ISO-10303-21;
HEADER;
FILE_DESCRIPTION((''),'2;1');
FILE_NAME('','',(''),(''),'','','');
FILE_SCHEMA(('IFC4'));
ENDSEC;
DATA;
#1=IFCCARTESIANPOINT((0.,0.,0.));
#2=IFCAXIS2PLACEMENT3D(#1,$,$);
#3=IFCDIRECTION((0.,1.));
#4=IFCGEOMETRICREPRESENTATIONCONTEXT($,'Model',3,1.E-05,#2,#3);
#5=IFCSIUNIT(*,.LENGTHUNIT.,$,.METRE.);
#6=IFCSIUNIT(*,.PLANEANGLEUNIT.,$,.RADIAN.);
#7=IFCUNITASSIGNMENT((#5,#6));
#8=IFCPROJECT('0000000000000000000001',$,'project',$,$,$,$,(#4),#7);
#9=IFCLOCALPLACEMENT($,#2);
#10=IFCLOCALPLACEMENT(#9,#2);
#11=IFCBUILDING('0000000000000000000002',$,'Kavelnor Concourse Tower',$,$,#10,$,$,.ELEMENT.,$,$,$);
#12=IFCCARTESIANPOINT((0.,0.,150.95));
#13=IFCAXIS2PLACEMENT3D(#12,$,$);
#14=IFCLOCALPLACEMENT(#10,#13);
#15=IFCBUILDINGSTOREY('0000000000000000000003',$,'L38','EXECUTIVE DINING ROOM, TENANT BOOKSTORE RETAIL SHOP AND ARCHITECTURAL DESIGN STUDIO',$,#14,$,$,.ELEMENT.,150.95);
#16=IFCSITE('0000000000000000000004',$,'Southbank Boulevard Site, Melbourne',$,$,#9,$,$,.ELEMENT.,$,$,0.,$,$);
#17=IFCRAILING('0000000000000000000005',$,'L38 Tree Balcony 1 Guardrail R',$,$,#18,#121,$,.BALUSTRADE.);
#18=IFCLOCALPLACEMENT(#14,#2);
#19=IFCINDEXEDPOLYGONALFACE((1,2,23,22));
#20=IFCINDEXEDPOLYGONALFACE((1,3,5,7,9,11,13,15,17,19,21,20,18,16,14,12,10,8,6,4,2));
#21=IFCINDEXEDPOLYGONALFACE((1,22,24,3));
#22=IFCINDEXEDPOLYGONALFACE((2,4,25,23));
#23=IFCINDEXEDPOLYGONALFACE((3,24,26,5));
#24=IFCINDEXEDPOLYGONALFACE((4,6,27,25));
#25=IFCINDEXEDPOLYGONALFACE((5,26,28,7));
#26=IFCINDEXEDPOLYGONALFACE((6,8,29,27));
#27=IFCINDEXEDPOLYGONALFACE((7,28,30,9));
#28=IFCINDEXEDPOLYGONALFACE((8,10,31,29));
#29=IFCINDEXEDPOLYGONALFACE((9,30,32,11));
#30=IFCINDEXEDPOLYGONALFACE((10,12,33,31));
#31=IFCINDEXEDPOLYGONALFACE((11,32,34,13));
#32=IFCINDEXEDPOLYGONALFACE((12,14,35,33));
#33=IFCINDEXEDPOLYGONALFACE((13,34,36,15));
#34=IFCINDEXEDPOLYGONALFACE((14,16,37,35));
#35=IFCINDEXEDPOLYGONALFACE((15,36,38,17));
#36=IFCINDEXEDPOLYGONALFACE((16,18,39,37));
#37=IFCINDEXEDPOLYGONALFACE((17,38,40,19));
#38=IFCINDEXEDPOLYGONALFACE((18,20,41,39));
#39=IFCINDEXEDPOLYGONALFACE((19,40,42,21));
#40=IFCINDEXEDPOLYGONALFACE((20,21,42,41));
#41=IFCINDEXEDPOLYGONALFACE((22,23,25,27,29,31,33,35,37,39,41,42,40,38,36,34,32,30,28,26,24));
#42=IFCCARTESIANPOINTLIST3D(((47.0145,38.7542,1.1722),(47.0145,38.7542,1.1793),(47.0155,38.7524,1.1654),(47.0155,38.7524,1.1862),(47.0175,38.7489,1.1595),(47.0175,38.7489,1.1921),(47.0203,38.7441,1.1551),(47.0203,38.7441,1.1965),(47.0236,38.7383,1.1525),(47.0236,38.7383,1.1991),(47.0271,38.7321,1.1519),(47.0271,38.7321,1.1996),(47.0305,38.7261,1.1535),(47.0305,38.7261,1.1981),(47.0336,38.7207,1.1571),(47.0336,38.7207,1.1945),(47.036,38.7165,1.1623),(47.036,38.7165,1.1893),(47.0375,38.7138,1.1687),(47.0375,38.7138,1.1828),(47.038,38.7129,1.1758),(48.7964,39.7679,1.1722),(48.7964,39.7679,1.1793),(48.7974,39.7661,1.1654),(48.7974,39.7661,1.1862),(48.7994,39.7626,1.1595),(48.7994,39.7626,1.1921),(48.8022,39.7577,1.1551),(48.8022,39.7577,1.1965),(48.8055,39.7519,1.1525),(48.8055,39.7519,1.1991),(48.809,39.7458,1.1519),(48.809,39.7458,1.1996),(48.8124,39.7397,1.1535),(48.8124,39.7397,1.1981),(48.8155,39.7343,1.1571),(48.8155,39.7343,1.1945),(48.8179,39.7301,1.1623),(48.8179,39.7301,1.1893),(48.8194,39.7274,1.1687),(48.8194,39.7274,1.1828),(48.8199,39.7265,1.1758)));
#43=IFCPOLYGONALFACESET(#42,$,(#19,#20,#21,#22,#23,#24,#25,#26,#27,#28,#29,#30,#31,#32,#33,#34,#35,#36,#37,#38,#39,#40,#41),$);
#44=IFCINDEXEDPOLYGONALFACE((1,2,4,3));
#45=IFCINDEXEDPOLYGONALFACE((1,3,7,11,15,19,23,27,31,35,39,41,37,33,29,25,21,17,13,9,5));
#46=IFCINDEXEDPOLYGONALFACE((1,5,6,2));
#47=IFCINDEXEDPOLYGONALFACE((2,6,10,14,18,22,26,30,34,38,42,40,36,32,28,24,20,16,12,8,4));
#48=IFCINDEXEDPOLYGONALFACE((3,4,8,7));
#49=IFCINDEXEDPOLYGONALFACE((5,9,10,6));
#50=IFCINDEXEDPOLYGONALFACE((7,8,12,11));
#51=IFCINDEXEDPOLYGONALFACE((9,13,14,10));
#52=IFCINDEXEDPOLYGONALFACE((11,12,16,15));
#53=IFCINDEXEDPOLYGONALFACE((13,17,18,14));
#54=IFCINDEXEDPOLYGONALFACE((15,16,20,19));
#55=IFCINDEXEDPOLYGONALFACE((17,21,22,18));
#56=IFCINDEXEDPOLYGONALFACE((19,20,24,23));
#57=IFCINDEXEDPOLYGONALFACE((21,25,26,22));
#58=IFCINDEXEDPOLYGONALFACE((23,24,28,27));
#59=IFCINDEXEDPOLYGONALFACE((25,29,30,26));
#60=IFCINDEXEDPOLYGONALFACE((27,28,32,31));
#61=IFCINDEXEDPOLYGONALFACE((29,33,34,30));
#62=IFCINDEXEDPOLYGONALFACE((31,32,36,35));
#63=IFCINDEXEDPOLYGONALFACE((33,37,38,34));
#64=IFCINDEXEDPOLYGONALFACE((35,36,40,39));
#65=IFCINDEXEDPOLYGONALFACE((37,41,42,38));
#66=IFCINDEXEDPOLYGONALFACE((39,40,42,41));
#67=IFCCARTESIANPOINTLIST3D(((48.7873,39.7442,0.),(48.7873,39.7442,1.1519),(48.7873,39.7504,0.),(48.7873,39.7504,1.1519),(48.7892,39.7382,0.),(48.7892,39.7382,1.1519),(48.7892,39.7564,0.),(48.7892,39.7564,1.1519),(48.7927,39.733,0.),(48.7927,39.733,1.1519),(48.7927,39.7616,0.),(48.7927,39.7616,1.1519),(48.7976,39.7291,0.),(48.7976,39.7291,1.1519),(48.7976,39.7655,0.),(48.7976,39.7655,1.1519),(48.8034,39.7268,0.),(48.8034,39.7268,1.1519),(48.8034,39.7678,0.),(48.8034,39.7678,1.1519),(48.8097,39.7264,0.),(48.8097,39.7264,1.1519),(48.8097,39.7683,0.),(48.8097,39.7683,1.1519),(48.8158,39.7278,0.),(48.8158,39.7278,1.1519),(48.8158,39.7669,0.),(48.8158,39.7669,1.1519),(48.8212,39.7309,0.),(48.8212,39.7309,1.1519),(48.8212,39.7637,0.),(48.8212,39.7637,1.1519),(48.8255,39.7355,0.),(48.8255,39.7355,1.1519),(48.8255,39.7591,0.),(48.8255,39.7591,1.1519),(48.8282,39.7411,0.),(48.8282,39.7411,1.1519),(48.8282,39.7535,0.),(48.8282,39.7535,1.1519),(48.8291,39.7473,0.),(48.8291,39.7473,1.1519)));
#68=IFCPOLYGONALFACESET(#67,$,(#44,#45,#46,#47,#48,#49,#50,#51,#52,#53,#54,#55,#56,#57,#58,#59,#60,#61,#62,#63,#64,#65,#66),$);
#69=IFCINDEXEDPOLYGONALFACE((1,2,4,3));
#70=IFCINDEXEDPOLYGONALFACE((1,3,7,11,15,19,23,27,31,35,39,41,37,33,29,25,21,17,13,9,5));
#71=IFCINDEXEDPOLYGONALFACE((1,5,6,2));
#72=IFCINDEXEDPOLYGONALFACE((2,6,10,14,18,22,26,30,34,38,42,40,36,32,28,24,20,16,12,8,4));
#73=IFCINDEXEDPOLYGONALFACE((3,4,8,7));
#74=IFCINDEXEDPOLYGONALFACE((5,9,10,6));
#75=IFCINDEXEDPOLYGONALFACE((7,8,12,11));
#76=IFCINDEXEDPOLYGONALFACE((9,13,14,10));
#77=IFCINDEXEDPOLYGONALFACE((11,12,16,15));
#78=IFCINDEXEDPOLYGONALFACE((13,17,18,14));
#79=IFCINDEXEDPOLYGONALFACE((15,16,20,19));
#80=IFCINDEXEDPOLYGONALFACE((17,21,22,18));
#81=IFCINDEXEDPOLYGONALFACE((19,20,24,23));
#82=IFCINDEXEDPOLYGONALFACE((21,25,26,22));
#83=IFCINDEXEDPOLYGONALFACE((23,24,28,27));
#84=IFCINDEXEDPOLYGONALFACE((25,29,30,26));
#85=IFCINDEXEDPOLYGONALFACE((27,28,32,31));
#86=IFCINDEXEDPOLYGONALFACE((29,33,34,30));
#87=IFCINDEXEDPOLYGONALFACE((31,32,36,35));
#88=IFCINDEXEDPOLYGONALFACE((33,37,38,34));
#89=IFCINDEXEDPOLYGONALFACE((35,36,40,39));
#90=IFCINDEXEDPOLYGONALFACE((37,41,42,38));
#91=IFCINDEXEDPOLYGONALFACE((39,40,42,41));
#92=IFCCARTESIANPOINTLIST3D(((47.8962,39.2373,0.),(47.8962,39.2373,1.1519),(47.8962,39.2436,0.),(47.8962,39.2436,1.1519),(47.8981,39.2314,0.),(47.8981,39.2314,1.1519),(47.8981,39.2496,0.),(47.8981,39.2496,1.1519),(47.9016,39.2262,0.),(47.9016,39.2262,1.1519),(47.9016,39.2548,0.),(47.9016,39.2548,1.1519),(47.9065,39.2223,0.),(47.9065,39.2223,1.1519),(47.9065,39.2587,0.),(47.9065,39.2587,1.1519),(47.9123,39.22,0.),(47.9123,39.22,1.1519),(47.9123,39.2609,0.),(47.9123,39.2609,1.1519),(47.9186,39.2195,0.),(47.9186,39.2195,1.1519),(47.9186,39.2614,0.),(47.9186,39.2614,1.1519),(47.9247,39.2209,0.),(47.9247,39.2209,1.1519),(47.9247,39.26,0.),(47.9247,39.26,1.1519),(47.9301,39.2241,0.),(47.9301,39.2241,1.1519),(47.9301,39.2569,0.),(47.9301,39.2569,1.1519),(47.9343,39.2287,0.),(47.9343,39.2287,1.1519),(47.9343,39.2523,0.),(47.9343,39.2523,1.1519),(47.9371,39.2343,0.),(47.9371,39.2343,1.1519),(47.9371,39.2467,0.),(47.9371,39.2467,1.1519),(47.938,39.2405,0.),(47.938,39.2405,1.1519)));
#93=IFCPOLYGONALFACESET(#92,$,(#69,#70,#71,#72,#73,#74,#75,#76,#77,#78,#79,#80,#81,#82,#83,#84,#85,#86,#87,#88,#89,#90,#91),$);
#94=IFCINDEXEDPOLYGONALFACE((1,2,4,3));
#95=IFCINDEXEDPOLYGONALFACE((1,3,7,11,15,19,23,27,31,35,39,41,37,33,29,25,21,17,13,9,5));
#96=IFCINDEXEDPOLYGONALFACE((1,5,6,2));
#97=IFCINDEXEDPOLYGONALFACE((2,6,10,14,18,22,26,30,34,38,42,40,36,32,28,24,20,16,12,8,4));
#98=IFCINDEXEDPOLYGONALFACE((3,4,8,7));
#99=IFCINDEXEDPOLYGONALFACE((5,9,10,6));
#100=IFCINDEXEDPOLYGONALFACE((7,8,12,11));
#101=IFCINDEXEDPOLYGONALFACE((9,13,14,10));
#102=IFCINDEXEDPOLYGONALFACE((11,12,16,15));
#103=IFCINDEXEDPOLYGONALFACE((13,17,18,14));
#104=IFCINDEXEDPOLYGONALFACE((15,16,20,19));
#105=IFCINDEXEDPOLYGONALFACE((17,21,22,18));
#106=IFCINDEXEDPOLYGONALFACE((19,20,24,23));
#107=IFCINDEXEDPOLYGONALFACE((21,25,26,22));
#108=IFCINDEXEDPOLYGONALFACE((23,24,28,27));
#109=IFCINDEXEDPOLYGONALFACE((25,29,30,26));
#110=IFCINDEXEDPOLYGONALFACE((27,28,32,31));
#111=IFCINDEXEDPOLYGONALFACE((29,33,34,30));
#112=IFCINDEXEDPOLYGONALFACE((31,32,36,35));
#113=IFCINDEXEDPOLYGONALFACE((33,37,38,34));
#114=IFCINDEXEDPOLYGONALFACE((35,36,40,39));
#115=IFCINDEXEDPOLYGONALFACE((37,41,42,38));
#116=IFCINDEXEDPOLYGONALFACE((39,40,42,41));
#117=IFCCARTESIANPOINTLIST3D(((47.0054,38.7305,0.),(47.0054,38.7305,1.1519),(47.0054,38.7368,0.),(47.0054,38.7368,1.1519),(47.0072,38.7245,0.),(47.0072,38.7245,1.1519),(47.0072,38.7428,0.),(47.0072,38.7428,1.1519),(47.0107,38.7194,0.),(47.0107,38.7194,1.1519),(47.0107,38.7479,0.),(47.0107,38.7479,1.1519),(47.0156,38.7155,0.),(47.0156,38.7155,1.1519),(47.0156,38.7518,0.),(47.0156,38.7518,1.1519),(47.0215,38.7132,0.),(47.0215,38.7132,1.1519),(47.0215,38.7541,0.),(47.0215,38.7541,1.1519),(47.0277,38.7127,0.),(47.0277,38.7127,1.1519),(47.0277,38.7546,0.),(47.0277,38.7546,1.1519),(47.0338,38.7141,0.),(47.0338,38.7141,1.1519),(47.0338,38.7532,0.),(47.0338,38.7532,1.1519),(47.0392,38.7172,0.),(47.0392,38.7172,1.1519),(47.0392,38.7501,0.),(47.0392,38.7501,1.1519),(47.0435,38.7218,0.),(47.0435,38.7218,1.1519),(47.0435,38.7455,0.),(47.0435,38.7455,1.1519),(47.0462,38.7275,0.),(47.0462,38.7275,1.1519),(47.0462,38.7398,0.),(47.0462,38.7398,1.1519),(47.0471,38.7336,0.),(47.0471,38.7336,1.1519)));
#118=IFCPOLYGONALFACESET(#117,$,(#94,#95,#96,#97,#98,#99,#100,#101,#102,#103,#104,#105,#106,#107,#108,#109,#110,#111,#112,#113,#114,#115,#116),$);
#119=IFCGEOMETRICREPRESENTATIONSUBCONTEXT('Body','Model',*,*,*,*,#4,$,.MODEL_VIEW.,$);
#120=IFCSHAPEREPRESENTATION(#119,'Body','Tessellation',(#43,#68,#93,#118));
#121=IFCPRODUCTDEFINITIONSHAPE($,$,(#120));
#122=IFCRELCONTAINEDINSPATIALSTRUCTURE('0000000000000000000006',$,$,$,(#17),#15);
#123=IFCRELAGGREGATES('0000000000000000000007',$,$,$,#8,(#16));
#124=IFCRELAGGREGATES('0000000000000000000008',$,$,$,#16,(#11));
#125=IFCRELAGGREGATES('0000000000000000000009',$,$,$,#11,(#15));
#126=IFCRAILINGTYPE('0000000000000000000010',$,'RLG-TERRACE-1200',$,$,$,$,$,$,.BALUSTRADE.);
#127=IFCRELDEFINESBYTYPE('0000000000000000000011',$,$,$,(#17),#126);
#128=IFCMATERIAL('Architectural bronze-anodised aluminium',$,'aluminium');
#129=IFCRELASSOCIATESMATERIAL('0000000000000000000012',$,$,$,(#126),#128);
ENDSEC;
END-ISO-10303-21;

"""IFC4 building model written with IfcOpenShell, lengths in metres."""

from ifc_helpers import new_model, si_unit, direction, frame, origin, origin_2d, place, context, subcontext, project, spatial, circle, extrude, material, type_object, element, save


model = new_model("IFC4")

# Units and contexts
model_context = context("Model", 3, precision=1e-05, world=origin(), true_north=direction((0.0, 1.0)))
body_context = subcontext(model_context, "Body", "Model", "MODEL_VIEW")
ifc_project = project(units=[si_unit("LENGTHUNIT", "METRE"), si_unit("PLANEANGLEUNIT", "RADIAN")], contexts=[model_context])

# Site, building, storey
site_placement = place(None, origin())
site = spatial("IfcSite", under=ifc_project, at=site_placement, Name="Southbank Boulevard Site, Melbourne", CompositionType="ELEMENT", RefElevation=0.0)
building_placement = place(site_placement, origin())
building = spatial("IfcBuilding", under=site, at=building_placement, Name="Kavelnor Concourse Tower", CompositionType="ELEMENT")
storey_placement = place(building_placement, frame((0.0, 0.0, 150.95)))
storey = spatial("IfcBuildingStorey", under=building, at=storey_placement, Name="L38", Description="EXECUTIVE DINING ROOM, TENANT BOOKSTORE RETAIL SHOP AND ARCHITECTURAL DESIGN STUDIO", CompositionType="ELEMENT", Elevation=150.95)

# Railing
ifc_material_1 = material(Name="Architectural bronze-anodised aluminium", Category="aluminium")
railing_type = type_object("IfcRailingType", Name="RLG-TERRACE-1200", PredefinedType="BALUSTRADE", material=ifc_material_1)
railing_1_placement = place(storey_placement, frame((48.8081, 39.7473, 0.0)))
element("IfcRailing", 1, at=railing_1_placement, inside=storey, type_object=railing_type, Name="L38 Tree Balcony 1 Guardrail R", PredefinedType="BALUSTRADE", context=body_context, shape_type="SweptSolid", body=[
    extrude(circle(Radius=0.0239, at=origin_2d()), frame((0.0, 0.0, 1.1758), z_axis=(-0.869209, -0.494445, 0.0), x_axis=(0.494445, -0.869209, 0.0)), (0.0, 0.0, 1.0), 2.05),
    extrude(circle(Radius=0.021, at=origin_2d()), origin(), (0.0, 0.0, 1.0), 1.1519),
    extrude(circle(Radius=0.021, at=origin_2d()), frame((-0.8911, -0.5068, 0.0)), (0.0, 0.0, 1.0), 1.1519),
    extrude(circle(Radius=0.021, at=origin_2d()), frame((-1.782, -1.0137, 0.0)), (0.0, 0.0, 1.0), 1.1519),
])

save(model, "model.ifc")
